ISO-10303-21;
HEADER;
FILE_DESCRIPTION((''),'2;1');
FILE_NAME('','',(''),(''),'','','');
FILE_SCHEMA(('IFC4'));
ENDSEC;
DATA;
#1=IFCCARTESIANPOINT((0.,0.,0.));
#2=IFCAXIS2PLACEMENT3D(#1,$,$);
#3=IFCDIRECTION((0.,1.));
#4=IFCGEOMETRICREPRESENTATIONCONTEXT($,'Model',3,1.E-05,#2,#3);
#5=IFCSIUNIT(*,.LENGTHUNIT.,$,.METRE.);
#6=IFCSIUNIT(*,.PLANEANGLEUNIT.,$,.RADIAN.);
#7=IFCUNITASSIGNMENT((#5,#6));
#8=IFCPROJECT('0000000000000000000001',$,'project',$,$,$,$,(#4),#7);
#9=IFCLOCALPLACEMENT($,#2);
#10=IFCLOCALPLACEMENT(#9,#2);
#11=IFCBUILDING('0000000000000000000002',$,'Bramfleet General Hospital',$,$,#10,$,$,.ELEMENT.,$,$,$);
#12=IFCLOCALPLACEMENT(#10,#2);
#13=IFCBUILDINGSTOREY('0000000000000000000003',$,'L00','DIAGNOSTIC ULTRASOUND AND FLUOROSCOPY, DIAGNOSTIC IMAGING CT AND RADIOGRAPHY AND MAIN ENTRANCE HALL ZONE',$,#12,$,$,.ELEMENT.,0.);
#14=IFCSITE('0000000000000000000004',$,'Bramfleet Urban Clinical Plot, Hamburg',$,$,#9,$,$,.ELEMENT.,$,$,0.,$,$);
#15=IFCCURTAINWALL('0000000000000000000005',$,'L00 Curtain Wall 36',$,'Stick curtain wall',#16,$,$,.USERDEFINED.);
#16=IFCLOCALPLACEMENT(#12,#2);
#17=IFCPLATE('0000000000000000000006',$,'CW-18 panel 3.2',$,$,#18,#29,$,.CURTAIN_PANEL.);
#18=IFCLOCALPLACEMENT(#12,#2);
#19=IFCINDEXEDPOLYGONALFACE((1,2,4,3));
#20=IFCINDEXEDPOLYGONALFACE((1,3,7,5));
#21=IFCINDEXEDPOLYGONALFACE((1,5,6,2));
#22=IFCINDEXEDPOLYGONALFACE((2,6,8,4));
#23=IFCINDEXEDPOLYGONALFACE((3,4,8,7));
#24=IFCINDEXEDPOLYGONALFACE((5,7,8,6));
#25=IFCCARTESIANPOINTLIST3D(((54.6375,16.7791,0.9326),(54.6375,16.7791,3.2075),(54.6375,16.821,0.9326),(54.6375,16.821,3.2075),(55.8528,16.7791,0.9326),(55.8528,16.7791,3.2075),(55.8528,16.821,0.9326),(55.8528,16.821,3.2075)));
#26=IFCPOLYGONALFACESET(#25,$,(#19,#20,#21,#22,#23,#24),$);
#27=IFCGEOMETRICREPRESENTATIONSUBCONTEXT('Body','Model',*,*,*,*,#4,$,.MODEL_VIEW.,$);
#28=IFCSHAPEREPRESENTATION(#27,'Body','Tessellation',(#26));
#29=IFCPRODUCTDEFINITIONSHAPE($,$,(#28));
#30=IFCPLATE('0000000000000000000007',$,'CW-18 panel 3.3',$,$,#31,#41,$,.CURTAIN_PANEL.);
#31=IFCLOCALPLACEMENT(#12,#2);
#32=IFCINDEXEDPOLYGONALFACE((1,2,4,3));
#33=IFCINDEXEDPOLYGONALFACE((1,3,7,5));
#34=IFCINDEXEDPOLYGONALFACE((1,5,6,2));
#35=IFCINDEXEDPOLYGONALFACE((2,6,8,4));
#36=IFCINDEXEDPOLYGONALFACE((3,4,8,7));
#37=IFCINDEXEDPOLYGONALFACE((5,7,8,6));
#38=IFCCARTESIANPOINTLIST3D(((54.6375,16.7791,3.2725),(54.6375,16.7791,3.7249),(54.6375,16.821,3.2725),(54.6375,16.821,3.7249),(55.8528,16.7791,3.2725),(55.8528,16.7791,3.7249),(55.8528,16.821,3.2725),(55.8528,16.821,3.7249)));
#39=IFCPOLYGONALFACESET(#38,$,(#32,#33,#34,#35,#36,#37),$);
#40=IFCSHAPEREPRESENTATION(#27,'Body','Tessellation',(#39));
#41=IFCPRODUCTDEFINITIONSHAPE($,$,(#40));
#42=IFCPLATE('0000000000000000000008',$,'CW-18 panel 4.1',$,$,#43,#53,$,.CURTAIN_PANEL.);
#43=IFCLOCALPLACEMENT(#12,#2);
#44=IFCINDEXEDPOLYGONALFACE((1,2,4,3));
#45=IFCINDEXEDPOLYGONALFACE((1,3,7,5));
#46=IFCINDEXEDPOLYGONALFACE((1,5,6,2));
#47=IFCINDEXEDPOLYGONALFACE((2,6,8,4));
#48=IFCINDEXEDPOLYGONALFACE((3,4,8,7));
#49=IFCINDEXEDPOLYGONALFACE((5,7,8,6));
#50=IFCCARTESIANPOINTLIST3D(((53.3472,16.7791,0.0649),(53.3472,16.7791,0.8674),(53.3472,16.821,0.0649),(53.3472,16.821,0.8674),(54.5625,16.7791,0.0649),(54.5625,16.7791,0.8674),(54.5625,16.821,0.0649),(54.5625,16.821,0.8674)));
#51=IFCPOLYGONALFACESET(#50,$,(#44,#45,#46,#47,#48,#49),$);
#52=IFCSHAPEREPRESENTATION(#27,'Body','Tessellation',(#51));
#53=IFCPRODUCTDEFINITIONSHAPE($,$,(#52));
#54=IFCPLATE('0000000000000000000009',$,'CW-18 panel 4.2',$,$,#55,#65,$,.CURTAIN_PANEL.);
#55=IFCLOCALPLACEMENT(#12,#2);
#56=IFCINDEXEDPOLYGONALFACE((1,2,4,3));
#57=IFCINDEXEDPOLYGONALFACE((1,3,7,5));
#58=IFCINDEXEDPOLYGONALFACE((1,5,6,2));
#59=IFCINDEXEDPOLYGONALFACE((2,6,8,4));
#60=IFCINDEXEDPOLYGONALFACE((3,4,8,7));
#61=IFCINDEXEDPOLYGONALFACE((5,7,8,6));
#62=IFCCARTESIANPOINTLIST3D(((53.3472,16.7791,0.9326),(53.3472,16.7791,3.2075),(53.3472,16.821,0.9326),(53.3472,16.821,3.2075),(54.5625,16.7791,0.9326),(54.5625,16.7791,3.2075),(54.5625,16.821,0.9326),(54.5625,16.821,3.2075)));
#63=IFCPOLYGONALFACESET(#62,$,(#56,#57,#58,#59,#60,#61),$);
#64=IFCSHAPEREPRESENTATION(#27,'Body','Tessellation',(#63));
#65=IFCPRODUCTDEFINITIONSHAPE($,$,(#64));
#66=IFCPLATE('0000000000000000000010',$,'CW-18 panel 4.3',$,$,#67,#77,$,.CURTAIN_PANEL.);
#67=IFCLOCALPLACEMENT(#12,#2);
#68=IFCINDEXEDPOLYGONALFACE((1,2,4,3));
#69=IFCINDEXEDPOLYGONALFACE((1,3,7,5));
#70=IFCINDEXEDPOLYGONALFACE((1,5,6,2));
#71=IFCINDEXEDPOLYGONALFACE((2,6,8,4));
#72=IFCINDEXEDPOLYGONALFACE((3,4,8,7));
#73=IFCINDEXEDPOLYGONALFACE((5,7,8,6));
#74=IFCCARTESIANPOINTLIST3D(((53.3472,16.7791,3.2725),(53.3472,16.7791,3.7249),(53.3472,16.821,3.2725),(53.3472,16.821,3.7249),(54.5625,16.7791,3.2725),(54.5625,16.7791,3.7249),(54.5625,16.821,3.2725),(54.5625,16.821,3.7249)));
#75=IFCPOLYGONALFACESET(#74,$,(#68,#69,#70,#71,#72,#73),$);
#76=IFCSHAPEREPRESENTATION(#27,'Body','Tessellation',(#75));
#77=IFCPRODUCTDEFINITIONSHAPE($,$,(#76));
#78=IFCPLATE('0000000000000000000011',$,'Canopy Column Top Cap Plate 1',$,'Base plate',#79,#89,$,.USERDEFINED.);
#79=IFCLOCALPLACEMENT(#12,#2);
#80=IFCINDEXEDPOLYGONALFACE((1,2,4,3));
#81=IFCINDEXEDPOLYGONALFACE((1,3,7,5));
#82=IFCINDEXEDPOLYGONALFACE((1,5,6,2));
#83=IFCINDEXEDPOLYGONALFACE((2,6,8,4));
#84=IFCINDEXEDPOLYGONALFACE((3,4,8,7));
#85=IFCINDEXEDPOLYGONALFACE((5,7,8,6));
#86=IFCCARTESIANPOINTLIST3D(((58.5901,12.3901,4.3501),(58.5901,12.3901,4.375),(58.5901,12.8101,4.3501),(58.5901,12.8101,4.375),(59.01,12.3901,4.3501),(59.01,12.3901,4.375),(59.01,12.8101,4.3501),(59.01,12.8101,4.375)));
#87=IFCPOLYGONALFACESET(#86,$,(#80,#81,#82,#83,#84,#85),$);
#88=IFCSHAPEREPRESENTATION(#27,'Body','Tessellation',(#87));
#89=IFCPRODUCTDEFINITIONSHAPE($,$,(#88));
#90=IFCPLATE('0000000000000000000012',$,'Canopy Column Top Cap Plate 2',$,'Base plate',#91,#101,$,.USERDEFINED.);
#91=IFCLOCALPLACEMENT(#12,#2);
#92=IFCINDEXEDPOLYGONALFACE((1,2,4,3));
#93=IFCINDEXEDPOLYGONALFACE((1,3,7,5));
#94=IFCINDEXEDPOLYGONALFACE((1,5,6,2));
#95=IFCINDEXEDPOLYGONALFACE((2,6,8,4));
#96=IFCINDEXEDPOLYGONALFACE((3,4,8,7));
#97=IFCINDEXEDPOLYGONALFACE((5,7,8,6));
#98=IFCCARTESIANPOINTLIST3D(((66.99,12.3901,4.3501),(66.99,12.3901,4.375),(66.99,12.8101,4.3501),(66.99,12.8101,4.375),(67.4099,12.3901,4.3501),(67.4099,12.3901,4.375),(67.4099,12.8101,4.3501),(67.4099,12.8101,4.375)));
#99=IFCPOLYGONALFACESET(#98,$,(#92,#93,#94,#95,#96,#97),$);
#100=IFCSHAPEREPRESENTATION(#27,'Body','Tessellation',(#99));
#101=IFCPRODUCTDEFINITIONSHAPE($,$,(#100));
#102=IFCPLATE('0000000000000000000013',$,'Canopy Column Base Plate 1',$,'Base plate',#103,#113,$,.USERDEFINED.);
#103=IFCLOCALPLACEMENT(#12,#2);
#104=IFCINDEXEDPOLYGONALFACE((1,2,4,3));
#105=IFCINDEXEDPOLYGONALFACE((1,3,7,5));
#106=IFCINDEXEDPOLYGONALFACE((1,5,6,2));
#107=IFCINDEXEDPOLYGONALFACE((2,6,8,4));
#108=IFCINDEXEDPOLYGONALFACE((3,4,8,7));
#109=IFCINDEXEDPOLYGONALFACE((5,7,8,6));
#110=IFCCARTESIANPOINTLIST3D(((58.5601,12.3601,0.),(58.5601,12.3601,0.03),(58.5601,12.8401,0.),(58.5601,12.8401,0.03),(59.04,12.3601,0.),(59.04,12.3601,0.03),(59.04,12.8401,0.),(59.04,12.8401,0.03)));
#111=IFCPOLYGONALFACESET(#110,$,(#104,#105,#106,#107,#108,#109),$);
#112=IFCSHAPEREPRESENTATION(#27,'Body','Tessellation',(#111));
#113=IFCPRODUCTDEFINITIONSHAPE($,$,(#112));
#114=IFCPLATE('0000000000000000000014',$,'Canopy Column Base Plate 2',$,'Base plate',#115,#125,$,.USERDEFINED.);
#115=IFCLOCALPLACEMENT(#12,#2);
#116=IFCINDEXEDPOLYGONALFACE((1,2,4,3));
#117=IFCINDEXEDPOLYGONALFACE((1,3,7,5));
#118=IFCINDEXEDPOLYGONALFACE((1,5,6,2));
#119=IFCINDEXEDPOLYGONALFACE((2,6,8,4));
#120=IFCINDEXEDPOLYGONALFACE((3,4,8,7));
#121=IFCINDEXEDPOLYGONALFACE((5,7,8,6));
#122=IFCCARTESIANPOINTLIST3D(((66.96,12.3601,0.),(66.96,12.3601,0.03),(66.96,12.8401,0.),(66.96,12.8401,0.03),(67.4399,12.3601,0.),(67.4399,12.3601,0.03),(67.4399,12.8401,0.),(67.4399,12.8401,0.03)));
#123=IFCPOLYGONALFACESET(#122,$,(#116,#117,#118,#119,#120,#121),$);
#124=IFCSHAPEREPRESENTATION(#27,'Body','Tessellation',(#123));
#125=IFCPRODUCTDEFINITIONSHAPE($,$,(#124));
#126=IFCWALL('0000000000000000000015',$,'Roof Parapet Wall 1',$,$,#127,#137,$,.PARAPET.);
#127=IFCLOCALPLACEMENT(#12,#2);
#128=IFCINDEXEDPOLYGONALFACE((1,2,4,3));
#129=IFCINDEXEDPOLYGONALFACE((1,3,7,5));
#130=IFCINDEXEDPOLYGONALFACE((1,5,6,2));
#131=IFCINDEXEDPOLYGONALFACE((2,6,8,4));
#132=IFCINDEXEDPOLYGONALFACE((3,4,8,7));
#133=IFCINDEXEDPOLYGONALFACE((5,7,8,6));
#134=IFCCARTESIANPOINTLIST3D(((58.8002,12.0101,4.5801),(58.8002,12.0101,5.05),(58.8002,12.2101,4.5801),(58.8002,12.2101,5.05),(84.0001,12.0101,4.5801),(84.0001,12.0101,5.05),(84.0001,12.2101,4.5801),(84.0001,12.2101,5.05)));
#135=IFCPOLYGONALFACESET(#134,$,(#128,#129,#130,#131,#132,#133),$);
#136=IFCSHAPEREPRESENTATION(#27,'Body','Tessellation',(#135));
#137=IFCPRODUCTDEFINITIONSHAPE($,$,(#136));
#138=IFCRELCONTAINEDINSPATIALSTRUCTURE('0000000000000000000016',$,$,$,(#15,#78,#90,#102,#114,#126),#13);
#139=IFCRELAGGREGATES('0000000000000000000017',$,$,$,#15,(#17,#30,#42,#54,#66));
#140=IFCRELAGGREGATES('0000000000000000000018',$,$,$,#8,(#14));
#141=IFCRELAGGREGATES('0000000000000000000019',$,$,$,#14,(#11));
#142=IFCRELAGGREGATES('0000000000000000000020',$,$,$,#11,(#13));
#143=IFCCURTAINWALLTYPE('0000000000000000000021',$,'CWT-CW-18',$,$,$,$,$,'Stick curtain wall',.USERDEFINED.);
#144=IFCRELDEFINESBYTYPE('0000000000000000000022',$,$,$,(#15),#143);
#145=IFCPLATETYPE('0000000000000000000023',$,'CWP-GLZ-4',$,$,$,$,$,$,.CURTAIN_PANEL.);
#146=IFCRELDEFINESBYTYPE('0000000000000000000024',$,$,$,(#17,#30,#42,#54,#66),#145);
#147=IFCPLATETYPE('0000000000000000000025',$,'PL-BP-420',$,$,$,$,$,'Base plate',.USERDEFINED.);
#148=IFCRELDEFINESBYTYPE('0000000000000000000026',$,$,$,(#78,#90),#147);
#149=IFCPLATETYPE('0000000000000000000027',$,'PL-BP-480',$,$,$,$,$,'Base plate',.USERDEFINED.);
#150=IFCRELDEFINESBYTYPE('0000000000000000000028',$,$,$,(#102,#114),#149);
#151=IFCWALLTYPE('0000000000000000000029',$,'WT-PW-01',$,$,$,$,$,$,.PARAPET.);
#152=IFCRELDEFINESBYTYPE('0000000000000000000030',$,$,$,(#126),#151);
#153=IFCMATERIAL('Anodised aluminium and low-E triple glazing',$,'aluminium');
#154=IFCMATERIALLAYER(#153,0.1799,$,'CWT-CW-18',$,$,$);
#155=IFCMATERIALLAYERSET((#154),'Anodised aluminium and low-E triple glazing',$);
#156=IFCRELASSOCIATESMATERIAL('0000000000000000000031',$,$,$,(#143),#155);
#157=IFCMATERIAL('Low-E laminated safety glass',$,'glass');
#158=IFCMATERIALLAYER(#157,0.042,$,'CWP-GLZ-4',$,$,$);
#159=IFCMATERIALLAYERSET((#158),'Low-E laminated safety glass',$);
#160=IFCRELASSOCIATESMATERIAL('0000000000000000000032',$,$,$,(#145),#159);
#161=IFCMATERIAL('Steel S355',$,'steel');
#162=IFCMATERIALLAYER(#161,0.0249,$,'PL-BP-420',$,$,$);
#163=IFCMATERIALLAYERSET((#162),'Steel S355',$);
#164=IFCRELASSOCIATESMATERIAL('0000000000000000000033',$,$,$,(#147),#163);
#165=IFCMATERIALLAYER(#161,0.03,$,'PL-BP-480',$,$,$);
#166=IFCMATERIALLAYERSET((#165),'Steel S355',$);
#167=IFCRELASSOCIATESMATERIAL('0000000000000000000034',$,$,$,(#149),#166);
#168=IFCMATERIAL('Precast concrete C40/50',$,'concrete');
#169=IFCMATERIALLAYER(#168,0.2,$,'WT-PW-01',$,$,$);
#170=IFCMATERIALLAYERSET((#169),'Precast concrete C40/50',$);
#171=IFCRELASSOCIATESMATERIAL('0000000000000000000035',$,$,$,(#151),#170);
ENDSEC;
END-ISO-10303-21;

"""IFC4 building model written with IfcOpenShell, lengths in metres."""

from ifc_helpers import new_model, si_unit, direction, frame, frame_2d, origin, origin_2d, place, context, subcontext, project, spatial, rectangle, extrude, material, layer, layer_set, type_object, element, aggregate, save


model = new_model("IFC4")

# Units and contexts
model_context = context("Model", 3, precision=1e-05, world=origin(), true_north=direction((0.0, 1.0)))
body_context = subcontext(model_context, "Body", "Model", "MODEL_VIEW")
ifc_project = project(units=[si_unit("LENGTHUNIT", "METRE"), si_unit("PLANEANGLEUNIT", "RADIAN")], contexts=[model_context])

# Site, building, storey
site_placement = place(None, origin())
site = spatial("IfcSite", under=ifc_project, at=site_placement, Name="Bramfleet Urban Clinical Plot, Hamburg", CompositionType="ELEMENT", RefElevation=0.0)
building_placement = place(site_placement, origin())
building = spatial("IfcBuilding", under=site, at=building_placement, Name="Bramfleet General Hospital", CompositionType="ELEMENT")
storey_placement = place(building_placement, origin())
storey = spatial("IfcBuildingStorey", under=building, at=storey_placement, Name="L00", Description="DIAGNOSTIC ULTRASOUND AND FLUOROSCOPY, DIAGNOSTIC IMAGING CT AND RADIOGRAPHY AND MAIN ENTRANCE HALL ZONE", CompositionType="ELEMENT", Elevation=0.0)

# Shared definitions
ifc_material_1 = material(Name="Steel S355", Category="steel")

# Curtain wall, plates
ifc_material_2 = material(Name="Anodised aluminium and low-E triple glazing", Category="aluminium")
ifc_layer_1 = layer(ifc_material_2, 0.1799, Name="CWT-CW-18")
ifc_layer_set_1 = layer_set([ifc_layer_1], Name="Anodised aluminium and low-E triple glazing")
curtain_wall_type = type_object("IfcCurtainWallType", Name="CWT-CW-18", ElementType="Stick curtain wall", PredefinedType="USERDEFINED", material=ifc_layer_set_1)
curtain_wall_placement = place(storey_placement, origin())
curtain_wall = element("IfcCurtainWall", 1, at=curtain_wall_placement, inside=storey, type_object=curtain_wall_type, Name="L00 Curtain Wall 36", ObjectType="Stick curtain wall", PredefinedType="USERDEFINED")
ifc_material_3 = material(Name="Low-E laminated safety glass", Category="glass")
ifc_layer_2 = layer(ifc_material_3, 0.042, Name="CWP-GLZ-4")
ifc_layer_set_2 = layer_set([ifc_layer_2], Name="Low-E laminated safety glass")
plate_type_1 = type_object("IfcPlateType", Name="CWP-GLZ-4", PredefinedType="CURTAIN_PANEL", material=ifc_layer_set_2)
plate_1_placement = place(storey_placement, frame((55.2451, 16.8, 0.9326), z_axis=(0.0, 0.0, 1.0), x_axis=(-1.0, 0.0, 0.0)))
plate_1 = element("IfcPlate", 2, at=plate_1_placement, type_object=plate_type_1, Name="CW-18 panel 3.2", PredefinedType="CURTAIN_PANEL", context=body_context, shape_type="SweptSolid", body=[
    extrude(rectangle(XDim=1.2153, YDim=0.042, at=origin_2d()), origin(), (0.0, 0.0, 1.0), 2.2749),
])
plate_2_placement = place(storey_placement, frame((55.2451, 16.8, 3.2725), z_axis=(0.0, 0.0, 1.0), x_axis=(-1.0, 0.0, 0.0)))
plate_2 = element("IfcPlate", 3, at=plate_2_placement, type_object=plate_type_1, Name="CW-18 panel 3.3", PredefinedType="CURTAIN_PANEL", context=body_context, shape_type="SweptSolid", body=[
    extrude(rectangle(XDim=1.2153, YDim=0.042, at=origin_2d()), origin(), (0.0, 0.0, 1.0), 0.4524),
])
plate_3_placement = place(storey_placement, frame((53.9548, 16.8, 0.0649), z_axis=(0.0, 0.0, 1.0), x_axis=(-1.0, 0.0, 0.0)))
plate_3 = element("IfcPlate", 4, at=plate_3_placement, type_object=plate_type_1, Name="CW-18 panel 4.1", PredefinedType="CURTAIN_PANEL", context=body_context, shape_type="SweptSolid", body=[
    extrude(rectangle(XDim=1.2153, YDim=0.042, at=origin_2d()), origin(), (0.0, 0.0, 1.0), 0.8025),
])
plate_4_placement = place(storey_placement, frame((53.9548, 16.8, 0.9326), z_axis=(0.0, 0.0, 1.0), x_axis=(-1.0, 0.0, 0.0)))
plate_4 = element("IfcPlate", 5, at=plate_4_placement, type_object=plate_type_1, Name="CW-18 panel 4.2", PredefinedType="CURTAIN_PANEL", context=body_context, shape_type="SweptSolid", body=[
    extrude(rectangle(XDim=1.2153, YDim=0.042, at=origin_2d()), origin(), (0.0, 0.0, 1.0), 2.2749),
])
plate_5_placement = place(storey_placement, frame((53.9548, 16.8, 3.2725), z_axis=(0.0, 0.0, 1.0), x_axis=(-1.0, 0.0, 0.0)))
plate_5 = element("IfcPlate", 6, at=plate_5_placement, type_object=plate_type_1, Name="CW-18 panel 4.3", PredefinedType="CURTAIN_PANEL", context=body_context, shape_type="SweptSolid", body=[
    extrude(rectangle(XDim=1.2153, YDim=0.042, at=origin_2d()), origin(), (0.0, 0.0, 1.0), 0.4524),
])
aggregate(curtain_wall, [plate_1, plate_2, plate_3, plate_4, plate_5])

# Plates
ifc_layer_3 = layer(ifc_material_1, 0.0249, Name="PL-BP-420")
ifc_layer_set_3 = layer_set([ifc_layer_3], Name="Steel S355")
plate_type_2 = type_object("IfcPlateType", Name="PL-BP-420", ElementType="Base plate", PredefinedType="USERDEFINED", material=ifc_layer_set_3)
for number, where, z_axis, x_axis, name in (
    (7, (58.8, 12.6001, 4.3501), (0.0, 0.0, 1.0), (1.0, 0.0, 0.0), "Canopy Column Top Cap Plate 1"),
    (8, (67.2, 12.6001, 4.3501), (0.0, 0.0, 1.0), (1.0, 0.0, 0.0), "Canopy Column Top Cap Plate 2"),
):
    element("IfcPlate", number, at=place(storey_placement, frame(where, z_axis=z_axis, x_axis=x_axis)), inside=storey, type_object=plate_type_2, Name=name, ObjectType="Base plate", PredefinedType="USERDEFINED", context=body_context, shape_type="SweptSolid", body=[
        extrude(rectangle(XDim=0.4199, YDim=0.4199, at=origin_2d()), origin(), (0.0, 0.0, 1.0), 0.0249),
    ])
ifc_layer_4 = layer(ifc_material_1, 0.03, Name="PL-BP-480")
ifc_layer_set_4 = layer_set([ifc_layer_4], Name="Steel S355")
plate_type_3 = type_object("IfcPlateType", Name="PL-BP-480", ElementType="Base plate", PredefinedType="USERDEFINED", material=ifc_layer_set_4)
for number, where, z_axis, x_axis, name in (
    (9, (58.8, 12.6001, 0.0), (0.0, 0.0, 1.0), (1.0, 0.0, 0.0), "Canopy Column Base Plate 1"),
    (10, (67.2, 12.6001, 0.0), (0.0, 0.0, 1.0), (1.0, 0.0, 0.0), "Canopy Column Base Plate 2"),
):
    element("IfcPlate", number, at=place(storey_placement, frame(where, z_axis=z_axis, x_axis=x_axis)), inside=storey, type_object=plate_type_3, Name=name, ObjectType="Base plate", PredefinedType="USERDEFINED", context=body_context, shape_type="SweptSolid", body=[
        extrude(rectangle(XDim=0.48, YDim=0.48, at=origin_2d()), origin(), (0.0, 0.0, 1.0), 0.03),
    ])

# Wall
ifc_material_4 = material(Name="Precast concrete C40/50", Category="concrete")
ifc_layer_5 = layer(ifc_material_4, 0.2, Name="WT-PW-01")
ifc_layer_set_5 = layer_set([ifc_layer_5], Name="Precast concrete C40/50")
wall_type = type_object("IfcWallType", Name="WT-PW-01", PredefinedType="PARAPET", material=ifc_layer_set_5)
wall_placement = place(storey_placement, frame((58.8, 12.1101, 4.5801), z_axis=(0.0, 0.0, 1.0), x_axis=(1.0, 0.0, 0.0)))
element("IfcWall", 11, at=wall_placement, inside=storey, type_object=wall_type, Name="Roof Parapet Wall 1", PredefinedType="PARAPET", context=body_context, shape_type="SweptSolid", body=[
    extrude(rectangle(XDim=25.2, YDim=0.2, at=frame_2d((12.6001, 0.0))), origin(), (0.0, 0.0, 1.0), 0.47),
])

save(model, "model.ifc")
